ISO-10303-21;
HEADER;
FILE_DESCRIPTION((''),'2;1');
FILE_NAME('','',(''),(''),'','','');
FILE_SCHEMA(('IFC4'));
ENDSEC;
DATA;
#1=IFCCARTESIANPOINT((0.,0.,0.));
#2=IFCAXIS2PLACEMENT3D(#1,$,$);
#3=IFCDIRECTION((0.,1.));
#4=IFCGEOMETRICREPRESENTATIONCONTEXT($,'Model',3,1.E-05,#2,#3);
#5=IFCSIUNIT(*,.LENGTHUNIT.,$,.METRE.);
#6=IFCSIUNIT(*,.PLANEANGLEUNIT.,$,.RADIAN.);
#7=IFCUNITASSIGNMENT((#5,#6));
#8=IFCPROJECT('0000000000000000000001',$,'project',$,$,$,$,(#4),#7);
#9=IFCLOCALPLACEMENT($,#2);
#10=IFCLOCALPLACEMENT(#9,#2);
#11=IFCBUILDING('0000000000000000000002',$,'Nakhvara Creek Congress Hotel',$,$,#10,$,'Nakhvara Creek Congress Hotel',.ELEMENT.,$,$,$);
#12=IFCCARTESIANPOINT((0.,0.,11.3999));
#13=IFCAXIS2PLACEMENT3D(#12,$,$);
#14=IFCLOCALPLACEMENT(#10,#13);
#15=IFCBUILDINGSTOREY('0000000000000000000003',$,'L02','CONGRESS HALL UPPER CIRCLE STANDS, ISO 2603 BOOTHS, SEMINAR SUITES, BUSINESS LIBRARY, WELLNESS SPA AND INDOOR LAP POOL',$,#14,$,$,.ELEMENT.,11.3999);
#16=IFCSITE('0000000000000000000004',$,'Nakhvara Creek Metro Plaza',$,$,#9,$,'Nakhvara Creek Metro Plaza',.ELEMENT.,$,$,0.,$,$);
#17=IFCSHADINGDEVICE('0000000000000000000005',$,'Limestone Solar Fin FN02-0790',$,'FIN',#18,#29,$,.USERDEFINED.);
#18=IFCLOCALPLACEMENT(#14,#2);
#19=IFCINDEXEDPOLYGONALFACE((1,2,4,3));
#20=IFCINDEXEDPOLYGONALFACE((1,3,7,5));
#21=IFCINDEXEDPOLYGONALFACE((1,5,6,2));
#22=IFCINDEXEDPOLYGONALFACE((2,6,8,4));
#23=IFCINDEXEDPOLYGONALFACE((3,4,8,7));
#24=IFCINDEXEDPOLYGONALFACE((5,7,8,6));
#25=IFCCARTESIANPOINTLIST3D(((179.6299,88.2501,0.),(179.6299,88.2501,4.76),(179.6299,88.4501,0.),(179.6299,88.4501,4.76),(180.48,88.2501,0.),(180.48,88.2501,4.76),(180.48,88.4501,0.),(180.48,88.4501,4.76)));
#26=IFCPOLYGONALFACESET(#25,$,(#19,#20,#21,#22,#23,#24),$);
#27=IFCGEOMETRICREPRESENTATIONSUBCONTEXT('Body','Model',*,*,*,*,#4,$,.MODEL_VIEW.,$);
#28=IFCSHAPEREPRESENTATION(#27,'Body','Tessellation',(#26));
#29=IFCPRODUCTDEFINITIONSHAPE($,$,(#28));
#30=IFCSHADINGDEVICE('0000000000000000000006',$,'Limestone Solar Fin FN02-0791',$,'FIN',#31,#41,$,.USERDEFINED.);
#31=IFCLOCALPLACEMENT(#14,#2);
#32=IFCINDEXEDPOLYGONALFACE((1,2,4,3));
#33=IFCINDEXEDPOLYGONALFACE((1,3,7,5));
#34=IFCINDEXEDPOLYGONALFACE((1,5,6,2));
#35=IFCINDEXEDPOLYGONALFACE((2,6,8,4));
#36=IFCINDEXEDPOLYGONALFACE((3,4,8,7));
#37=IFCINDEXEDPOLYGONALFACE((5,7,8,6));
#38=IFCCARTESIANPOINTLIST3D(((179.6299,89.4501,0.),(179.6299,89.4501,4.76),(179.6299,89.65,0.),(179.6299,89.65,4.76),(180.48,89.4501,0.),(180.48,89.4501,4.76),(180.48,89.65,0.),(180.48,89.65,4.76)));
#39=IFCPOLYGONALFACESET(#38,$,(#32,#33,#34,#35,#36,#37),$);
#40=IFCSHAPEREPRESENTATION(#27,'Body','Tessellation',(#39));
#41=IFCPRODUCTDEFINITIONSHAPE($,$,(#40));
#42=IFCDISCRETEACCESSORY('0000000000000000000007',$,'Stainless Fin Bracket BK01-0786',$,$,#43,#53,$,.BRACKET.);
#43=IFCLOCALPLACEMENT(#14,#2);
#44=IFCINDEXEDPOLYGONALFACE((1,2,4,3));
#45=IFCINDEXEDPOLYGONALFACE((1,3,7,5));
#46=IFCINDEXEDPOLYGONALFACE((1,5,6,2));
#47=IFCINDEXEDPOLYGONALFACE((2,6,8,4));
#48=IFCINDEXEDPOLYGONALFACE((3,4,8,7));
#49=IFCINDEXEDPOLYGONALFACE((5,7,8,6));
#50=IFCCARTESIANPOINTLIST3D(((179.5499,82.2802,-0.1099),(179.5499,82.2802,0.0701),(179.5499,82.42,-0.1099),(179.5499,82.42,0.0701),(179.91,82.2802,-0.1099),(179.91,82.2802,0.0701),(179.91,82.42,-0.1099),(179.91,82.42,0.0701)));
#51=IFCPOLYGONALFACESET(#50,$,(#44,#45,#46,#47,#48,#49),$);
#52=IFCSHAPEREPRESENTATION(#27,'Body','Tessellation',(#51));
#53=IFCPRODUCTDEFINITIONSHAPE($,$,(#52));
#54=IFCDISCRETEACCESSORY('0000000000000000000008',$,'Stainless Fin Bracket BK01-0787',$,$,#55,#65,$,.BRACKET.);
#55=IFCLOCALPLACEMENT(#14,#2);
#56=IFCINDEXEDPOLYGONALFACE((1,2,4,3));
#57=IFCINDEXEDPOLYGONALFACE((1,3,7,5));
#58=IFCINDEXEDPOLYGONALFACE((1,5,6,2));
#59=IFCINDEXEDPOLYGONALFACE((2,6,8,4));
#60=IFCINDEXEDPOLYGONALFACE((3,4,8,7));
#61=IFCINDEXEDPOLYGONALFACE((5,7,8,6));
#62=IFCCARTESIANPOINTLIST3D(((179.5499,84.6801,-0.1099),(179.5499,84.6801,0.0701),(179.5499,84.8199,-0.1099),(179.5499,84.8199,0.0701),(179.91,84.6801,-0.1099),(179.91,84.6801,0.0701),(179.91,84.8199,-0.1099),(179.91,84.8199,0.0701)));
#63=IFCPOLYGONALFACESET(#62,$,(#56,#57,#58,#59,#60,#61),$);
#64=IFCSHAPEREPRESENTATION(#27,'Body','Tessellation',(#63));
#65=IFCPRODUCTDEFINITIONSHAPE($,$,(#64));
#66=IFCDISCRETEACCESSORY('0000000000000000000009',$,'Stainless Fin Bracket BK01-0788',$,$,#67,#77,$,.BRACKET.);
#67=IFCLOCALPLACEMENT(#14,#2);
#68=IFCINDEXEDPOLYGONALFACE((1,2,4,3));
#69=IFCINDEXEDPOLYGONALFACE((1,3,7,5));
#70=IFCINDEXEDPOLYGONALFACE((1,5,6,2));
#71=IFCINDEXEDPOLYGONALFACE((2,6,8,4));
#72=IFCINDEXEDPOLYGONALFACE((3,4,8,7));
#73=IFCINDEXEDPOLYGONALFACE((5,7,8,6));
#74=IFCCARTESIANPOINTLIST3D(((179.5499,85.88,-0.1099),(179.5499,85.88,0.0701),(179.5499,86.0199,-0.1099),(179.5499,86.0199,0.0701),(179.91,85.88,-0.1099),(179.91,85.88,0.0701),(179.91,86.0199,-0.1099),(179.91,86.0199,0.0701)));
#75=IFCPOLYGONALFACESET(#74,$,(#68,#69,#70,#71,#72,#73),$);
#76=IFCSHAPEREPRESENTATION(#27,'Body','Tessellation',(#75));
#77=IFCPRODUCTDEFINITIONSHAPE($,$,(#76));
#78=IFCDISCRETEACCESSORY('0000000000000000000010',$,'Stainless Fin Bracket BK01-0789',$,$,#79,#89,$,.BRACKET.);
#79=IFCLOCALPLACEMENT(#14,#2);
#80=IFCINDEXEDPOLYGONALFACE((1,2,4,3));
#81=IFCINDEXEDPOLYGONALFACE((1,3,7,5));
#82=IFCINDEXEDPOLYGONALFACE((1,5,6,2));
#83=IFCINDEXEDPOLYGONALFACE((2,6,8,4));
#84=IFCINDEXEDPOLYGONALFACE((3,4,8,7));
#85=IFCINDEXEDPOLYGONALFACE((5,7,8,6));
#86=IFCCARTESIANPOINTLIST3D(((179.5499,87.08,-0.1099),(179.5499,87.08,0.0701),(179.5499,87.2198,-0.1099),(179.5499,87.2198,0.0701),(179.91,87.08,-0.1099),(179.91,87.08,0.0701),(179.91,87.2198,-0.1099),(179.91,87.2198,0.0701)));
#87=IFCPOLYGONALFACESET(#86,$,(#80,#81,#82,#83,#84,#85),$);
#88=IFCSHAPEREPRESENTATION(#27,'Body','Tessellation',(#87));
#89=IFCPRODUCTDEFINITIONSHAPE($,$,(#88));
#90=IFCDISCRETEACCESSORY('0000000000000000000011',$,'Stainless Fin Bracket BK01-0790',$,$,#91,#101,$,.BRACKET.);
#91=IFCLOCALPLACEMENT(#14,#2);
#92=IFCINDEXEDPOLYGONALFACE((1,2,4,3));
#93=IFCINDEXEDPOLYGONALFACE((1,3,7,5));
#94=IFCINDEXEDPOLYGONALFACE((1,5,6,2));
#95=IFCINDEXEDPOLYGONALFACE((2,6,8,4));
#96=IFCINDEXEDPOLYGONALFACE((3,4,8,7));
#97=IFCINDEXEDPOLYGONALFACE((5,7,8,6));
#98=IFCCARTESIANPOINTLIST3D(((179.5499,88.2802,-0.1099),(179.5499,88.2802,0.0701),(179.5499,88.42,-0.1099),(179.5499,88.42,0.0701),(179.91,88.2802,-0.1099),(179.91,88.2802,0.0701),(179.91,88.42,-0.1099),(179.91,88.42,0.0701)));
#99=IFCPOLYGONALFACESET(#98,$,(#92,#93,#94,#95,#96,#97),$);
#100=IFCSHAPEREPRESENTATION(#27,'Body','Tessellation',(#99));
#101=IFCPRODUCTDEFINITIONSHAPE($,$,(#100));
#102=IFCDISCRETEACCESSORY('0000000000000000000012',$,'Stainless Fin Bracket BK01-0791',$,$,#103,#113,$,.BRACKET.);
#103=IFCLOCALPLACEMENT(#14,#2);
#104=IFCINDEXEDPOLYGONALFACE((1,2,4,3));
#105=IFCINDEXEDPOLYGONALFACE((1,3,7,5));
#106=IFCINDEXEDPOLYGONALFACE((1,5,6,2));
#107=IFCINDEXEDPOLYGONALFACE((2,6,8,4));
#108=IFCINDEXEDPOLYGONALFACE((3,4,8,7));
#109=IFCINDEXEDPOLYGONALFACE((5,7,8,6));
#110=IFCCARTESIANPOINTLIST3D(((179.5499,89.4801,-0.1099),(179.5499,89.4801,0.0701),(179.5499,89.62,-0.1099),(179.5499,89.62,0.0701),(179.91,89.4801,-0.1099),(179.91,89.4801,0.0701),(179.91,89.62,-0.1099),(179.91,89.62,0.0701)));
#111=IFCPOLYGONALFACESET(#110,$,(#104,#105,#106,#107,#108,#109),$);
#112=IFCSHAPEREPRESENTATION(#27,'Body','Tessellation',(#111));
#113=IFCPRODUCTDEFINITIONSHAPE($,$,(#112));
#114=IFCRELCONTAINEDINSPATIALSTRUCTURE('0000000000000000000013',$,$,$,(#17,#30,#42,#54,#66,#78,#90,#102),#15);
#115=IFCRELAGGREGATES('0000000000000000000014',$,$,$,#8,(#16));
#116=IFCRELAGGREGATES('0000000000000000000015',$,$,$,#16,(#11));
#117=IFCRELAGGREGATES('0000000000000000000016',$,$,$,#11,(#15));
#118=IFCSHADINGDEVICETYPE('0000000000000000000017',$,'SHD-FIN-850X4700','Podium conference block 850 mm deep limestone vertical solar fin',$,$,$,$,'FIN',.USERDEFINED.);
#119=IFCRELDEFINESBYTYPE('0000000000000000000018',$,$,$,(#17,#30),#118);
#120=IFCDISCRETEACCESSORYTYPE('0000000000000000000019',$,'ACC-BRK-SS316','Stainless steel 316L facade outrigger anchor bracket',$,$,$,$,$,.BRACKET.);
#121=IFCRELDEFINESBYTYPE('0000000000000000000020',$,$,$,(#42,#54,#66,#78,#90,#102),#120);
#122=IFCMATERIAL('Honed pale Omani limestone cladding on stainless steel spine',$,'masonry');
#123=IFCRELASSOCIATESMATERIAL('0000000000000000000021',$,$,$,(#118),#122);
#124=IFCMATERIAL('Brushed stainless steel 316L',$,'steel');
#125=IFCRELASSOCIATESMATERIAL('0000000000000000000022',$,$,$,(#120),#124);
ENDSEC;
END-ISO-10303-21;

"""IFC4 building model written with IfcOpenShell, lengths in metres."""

from ifc_helpers import new_model, si_unit, direction, frame, origin, origin_2d, place, context, subcontext, project, spatial, rectangle, extrude, material, type_object, element, save


model = new_model("IFC4")

# Units and contexts
model_context = context("Model", 3, precision=1e-05, world=origin(), true_north=direction((0.0, 1.0)))
body_context = subcontext(model_context, "Body", "Model", "MODEL_VIEW")
ifc_project = project(units=[si_unit("LENGTHUNIT", "METRE"), si_unit("PLANEANGLEUNIT", "RADIAN")], contexts=[model_context])

# Site, building, storey
site_placement = place(None, origin())
site = spatial("IfcSite", under=ifc_project, at=site_placement, Name="Nakhvara Creek Metro Plaza", LongName="Nakhvara Creek Metro Plaza", CompositionType="ELEMENT", RefElevation=0.0)
building_placement = place(site_placement, origin())
building = spatial("IfcBuilding", under=site, at=building_placement, Name="Nakhvara Creek Congress Hotel", LongName="Nakhvara Creek Congress Hotel", CompositionType="ELEMENT")
storey_placement = place(building_placement, frame((0.0, 0.0, 11.3999)))
storey = spatial("IfcBuildingStorey", under=building, at=storey_placement, Name="L02", Description="CONGRESS HALL UPPER CIRCLE STANDS, ISO 2603 BOOTHS, SEMINAR SUITES, BUSINESS LIBRARY, WELLNESS SPA AND INDOOR LAP POOL", CompositionType="ELEMENT", Elevation=11.3999)

# Shading devices
ifc_material_1 = material(Name="Honed pale Omani limestone cladding on stainless steel spine", Category="masonry")
shading_device_type = type_object("IfcShadingDeviceType", Name="SHD-FIN-850X4700", Description="Podium conference block 850 mm deep limestone vertical solar fin", ElementType="FIN", PredefinedType="USERDEFINED", material=ifc_material_1)
for number, where, z_axis, x_axis, name in (
    (1, (180.0549, 88.3501, 0.0), (0.0, 0.0, 1.0), (0.0, 1.0, 0.0), "Limestone Solar Fin FN02-0790"),
    (2, (180.0549, 89.55, 0.0), (0.0, 0.0, 1.0), (0.0, 1.0, 0.0), "Limestone Solar Fin FN02-0791"),
):
    element("IfcShadingDevice", number, at=place(storey_placement, frame(where, z_axis=z_axis, x_axis=x_axis)), inside=storey, type_object=shading_device_type, Name=name, ObjectType="FIN", PredefinedType="USERDEFINED", context=body_context, shape_type="SweptSolid", body=[
        extrude(rectangle(XDim=0.2, YDim=0.8501, at=origin_2d()), origin(), (0.0, 0.0, 1.0), 4.76),
    ])

# Discrete accessories
ifc_material_2 = material(Name="Brushed stainless steel 316L", Category="steel")
discrete_accessory_type = type_object("IfcDiscreteAccessoryType", Name="ACC-BRK-SS316", Description="Stainless steel 316L facade outrigger anchor bracket", PredefinedType="BRACKET", material=ifc_material_2)
for number, where, z_axis, x_axis, name in (
    (3, (179.73, 82.3501, -0.1099), (0.0, 0.0, 1.0), (0.0, 1.0, 0.0), "Stainless Fin Bracket BK01-0786"),
    (4, (179.73, 84.75, -0.1099), (0.0, 0.0, 1.0), (0.0, 1.0, 0.0), "Stainless Fin Bracket BK01-0787"),
    (5, (179.73, 85.95, -0.1099), (0.0, 0.0, 1.0), (0.0, 1.0, 0.0), "Stainless Fin Bracket BK01-0788"),
    (6, (179.73, 87.1499, -0.1099), (0.0, 0.0, 1.0), (0.0, 1.0, 0.0), "Stainless Fin Bracket BK01-0789"),
    (7, (179.73, 88.3501, -0.1099), (0.0, 0.0, 1.0), (0.0, 1.0, 0.0), "Stainless Fin Bracket BK01-0790"),
    (8, (179.73, 89.55, -0.1099), (0.0, 0.0, 1.0), (0.0, 1.0, 0.0), "Stainless Fin Bracket BK01-0791"),
):
    element("IfcDiscreteAccessory", number, at=place(storey_placement, frame(where, z_axis=z_axis, x_axis=x_axis)), inside=storey, type_object=discrete_accessory_type, Name=name, PredefinedType="BRACKET", context=body_context, shape_type="SweptSolid", body=[
        extrude(rectangle(XDim=0.1399, YDim=0.3601, at=origin_2d()), origin(), (0.0, 0.0, 1.0), 0.1799),
    ])

save(model, "model.ifc")
